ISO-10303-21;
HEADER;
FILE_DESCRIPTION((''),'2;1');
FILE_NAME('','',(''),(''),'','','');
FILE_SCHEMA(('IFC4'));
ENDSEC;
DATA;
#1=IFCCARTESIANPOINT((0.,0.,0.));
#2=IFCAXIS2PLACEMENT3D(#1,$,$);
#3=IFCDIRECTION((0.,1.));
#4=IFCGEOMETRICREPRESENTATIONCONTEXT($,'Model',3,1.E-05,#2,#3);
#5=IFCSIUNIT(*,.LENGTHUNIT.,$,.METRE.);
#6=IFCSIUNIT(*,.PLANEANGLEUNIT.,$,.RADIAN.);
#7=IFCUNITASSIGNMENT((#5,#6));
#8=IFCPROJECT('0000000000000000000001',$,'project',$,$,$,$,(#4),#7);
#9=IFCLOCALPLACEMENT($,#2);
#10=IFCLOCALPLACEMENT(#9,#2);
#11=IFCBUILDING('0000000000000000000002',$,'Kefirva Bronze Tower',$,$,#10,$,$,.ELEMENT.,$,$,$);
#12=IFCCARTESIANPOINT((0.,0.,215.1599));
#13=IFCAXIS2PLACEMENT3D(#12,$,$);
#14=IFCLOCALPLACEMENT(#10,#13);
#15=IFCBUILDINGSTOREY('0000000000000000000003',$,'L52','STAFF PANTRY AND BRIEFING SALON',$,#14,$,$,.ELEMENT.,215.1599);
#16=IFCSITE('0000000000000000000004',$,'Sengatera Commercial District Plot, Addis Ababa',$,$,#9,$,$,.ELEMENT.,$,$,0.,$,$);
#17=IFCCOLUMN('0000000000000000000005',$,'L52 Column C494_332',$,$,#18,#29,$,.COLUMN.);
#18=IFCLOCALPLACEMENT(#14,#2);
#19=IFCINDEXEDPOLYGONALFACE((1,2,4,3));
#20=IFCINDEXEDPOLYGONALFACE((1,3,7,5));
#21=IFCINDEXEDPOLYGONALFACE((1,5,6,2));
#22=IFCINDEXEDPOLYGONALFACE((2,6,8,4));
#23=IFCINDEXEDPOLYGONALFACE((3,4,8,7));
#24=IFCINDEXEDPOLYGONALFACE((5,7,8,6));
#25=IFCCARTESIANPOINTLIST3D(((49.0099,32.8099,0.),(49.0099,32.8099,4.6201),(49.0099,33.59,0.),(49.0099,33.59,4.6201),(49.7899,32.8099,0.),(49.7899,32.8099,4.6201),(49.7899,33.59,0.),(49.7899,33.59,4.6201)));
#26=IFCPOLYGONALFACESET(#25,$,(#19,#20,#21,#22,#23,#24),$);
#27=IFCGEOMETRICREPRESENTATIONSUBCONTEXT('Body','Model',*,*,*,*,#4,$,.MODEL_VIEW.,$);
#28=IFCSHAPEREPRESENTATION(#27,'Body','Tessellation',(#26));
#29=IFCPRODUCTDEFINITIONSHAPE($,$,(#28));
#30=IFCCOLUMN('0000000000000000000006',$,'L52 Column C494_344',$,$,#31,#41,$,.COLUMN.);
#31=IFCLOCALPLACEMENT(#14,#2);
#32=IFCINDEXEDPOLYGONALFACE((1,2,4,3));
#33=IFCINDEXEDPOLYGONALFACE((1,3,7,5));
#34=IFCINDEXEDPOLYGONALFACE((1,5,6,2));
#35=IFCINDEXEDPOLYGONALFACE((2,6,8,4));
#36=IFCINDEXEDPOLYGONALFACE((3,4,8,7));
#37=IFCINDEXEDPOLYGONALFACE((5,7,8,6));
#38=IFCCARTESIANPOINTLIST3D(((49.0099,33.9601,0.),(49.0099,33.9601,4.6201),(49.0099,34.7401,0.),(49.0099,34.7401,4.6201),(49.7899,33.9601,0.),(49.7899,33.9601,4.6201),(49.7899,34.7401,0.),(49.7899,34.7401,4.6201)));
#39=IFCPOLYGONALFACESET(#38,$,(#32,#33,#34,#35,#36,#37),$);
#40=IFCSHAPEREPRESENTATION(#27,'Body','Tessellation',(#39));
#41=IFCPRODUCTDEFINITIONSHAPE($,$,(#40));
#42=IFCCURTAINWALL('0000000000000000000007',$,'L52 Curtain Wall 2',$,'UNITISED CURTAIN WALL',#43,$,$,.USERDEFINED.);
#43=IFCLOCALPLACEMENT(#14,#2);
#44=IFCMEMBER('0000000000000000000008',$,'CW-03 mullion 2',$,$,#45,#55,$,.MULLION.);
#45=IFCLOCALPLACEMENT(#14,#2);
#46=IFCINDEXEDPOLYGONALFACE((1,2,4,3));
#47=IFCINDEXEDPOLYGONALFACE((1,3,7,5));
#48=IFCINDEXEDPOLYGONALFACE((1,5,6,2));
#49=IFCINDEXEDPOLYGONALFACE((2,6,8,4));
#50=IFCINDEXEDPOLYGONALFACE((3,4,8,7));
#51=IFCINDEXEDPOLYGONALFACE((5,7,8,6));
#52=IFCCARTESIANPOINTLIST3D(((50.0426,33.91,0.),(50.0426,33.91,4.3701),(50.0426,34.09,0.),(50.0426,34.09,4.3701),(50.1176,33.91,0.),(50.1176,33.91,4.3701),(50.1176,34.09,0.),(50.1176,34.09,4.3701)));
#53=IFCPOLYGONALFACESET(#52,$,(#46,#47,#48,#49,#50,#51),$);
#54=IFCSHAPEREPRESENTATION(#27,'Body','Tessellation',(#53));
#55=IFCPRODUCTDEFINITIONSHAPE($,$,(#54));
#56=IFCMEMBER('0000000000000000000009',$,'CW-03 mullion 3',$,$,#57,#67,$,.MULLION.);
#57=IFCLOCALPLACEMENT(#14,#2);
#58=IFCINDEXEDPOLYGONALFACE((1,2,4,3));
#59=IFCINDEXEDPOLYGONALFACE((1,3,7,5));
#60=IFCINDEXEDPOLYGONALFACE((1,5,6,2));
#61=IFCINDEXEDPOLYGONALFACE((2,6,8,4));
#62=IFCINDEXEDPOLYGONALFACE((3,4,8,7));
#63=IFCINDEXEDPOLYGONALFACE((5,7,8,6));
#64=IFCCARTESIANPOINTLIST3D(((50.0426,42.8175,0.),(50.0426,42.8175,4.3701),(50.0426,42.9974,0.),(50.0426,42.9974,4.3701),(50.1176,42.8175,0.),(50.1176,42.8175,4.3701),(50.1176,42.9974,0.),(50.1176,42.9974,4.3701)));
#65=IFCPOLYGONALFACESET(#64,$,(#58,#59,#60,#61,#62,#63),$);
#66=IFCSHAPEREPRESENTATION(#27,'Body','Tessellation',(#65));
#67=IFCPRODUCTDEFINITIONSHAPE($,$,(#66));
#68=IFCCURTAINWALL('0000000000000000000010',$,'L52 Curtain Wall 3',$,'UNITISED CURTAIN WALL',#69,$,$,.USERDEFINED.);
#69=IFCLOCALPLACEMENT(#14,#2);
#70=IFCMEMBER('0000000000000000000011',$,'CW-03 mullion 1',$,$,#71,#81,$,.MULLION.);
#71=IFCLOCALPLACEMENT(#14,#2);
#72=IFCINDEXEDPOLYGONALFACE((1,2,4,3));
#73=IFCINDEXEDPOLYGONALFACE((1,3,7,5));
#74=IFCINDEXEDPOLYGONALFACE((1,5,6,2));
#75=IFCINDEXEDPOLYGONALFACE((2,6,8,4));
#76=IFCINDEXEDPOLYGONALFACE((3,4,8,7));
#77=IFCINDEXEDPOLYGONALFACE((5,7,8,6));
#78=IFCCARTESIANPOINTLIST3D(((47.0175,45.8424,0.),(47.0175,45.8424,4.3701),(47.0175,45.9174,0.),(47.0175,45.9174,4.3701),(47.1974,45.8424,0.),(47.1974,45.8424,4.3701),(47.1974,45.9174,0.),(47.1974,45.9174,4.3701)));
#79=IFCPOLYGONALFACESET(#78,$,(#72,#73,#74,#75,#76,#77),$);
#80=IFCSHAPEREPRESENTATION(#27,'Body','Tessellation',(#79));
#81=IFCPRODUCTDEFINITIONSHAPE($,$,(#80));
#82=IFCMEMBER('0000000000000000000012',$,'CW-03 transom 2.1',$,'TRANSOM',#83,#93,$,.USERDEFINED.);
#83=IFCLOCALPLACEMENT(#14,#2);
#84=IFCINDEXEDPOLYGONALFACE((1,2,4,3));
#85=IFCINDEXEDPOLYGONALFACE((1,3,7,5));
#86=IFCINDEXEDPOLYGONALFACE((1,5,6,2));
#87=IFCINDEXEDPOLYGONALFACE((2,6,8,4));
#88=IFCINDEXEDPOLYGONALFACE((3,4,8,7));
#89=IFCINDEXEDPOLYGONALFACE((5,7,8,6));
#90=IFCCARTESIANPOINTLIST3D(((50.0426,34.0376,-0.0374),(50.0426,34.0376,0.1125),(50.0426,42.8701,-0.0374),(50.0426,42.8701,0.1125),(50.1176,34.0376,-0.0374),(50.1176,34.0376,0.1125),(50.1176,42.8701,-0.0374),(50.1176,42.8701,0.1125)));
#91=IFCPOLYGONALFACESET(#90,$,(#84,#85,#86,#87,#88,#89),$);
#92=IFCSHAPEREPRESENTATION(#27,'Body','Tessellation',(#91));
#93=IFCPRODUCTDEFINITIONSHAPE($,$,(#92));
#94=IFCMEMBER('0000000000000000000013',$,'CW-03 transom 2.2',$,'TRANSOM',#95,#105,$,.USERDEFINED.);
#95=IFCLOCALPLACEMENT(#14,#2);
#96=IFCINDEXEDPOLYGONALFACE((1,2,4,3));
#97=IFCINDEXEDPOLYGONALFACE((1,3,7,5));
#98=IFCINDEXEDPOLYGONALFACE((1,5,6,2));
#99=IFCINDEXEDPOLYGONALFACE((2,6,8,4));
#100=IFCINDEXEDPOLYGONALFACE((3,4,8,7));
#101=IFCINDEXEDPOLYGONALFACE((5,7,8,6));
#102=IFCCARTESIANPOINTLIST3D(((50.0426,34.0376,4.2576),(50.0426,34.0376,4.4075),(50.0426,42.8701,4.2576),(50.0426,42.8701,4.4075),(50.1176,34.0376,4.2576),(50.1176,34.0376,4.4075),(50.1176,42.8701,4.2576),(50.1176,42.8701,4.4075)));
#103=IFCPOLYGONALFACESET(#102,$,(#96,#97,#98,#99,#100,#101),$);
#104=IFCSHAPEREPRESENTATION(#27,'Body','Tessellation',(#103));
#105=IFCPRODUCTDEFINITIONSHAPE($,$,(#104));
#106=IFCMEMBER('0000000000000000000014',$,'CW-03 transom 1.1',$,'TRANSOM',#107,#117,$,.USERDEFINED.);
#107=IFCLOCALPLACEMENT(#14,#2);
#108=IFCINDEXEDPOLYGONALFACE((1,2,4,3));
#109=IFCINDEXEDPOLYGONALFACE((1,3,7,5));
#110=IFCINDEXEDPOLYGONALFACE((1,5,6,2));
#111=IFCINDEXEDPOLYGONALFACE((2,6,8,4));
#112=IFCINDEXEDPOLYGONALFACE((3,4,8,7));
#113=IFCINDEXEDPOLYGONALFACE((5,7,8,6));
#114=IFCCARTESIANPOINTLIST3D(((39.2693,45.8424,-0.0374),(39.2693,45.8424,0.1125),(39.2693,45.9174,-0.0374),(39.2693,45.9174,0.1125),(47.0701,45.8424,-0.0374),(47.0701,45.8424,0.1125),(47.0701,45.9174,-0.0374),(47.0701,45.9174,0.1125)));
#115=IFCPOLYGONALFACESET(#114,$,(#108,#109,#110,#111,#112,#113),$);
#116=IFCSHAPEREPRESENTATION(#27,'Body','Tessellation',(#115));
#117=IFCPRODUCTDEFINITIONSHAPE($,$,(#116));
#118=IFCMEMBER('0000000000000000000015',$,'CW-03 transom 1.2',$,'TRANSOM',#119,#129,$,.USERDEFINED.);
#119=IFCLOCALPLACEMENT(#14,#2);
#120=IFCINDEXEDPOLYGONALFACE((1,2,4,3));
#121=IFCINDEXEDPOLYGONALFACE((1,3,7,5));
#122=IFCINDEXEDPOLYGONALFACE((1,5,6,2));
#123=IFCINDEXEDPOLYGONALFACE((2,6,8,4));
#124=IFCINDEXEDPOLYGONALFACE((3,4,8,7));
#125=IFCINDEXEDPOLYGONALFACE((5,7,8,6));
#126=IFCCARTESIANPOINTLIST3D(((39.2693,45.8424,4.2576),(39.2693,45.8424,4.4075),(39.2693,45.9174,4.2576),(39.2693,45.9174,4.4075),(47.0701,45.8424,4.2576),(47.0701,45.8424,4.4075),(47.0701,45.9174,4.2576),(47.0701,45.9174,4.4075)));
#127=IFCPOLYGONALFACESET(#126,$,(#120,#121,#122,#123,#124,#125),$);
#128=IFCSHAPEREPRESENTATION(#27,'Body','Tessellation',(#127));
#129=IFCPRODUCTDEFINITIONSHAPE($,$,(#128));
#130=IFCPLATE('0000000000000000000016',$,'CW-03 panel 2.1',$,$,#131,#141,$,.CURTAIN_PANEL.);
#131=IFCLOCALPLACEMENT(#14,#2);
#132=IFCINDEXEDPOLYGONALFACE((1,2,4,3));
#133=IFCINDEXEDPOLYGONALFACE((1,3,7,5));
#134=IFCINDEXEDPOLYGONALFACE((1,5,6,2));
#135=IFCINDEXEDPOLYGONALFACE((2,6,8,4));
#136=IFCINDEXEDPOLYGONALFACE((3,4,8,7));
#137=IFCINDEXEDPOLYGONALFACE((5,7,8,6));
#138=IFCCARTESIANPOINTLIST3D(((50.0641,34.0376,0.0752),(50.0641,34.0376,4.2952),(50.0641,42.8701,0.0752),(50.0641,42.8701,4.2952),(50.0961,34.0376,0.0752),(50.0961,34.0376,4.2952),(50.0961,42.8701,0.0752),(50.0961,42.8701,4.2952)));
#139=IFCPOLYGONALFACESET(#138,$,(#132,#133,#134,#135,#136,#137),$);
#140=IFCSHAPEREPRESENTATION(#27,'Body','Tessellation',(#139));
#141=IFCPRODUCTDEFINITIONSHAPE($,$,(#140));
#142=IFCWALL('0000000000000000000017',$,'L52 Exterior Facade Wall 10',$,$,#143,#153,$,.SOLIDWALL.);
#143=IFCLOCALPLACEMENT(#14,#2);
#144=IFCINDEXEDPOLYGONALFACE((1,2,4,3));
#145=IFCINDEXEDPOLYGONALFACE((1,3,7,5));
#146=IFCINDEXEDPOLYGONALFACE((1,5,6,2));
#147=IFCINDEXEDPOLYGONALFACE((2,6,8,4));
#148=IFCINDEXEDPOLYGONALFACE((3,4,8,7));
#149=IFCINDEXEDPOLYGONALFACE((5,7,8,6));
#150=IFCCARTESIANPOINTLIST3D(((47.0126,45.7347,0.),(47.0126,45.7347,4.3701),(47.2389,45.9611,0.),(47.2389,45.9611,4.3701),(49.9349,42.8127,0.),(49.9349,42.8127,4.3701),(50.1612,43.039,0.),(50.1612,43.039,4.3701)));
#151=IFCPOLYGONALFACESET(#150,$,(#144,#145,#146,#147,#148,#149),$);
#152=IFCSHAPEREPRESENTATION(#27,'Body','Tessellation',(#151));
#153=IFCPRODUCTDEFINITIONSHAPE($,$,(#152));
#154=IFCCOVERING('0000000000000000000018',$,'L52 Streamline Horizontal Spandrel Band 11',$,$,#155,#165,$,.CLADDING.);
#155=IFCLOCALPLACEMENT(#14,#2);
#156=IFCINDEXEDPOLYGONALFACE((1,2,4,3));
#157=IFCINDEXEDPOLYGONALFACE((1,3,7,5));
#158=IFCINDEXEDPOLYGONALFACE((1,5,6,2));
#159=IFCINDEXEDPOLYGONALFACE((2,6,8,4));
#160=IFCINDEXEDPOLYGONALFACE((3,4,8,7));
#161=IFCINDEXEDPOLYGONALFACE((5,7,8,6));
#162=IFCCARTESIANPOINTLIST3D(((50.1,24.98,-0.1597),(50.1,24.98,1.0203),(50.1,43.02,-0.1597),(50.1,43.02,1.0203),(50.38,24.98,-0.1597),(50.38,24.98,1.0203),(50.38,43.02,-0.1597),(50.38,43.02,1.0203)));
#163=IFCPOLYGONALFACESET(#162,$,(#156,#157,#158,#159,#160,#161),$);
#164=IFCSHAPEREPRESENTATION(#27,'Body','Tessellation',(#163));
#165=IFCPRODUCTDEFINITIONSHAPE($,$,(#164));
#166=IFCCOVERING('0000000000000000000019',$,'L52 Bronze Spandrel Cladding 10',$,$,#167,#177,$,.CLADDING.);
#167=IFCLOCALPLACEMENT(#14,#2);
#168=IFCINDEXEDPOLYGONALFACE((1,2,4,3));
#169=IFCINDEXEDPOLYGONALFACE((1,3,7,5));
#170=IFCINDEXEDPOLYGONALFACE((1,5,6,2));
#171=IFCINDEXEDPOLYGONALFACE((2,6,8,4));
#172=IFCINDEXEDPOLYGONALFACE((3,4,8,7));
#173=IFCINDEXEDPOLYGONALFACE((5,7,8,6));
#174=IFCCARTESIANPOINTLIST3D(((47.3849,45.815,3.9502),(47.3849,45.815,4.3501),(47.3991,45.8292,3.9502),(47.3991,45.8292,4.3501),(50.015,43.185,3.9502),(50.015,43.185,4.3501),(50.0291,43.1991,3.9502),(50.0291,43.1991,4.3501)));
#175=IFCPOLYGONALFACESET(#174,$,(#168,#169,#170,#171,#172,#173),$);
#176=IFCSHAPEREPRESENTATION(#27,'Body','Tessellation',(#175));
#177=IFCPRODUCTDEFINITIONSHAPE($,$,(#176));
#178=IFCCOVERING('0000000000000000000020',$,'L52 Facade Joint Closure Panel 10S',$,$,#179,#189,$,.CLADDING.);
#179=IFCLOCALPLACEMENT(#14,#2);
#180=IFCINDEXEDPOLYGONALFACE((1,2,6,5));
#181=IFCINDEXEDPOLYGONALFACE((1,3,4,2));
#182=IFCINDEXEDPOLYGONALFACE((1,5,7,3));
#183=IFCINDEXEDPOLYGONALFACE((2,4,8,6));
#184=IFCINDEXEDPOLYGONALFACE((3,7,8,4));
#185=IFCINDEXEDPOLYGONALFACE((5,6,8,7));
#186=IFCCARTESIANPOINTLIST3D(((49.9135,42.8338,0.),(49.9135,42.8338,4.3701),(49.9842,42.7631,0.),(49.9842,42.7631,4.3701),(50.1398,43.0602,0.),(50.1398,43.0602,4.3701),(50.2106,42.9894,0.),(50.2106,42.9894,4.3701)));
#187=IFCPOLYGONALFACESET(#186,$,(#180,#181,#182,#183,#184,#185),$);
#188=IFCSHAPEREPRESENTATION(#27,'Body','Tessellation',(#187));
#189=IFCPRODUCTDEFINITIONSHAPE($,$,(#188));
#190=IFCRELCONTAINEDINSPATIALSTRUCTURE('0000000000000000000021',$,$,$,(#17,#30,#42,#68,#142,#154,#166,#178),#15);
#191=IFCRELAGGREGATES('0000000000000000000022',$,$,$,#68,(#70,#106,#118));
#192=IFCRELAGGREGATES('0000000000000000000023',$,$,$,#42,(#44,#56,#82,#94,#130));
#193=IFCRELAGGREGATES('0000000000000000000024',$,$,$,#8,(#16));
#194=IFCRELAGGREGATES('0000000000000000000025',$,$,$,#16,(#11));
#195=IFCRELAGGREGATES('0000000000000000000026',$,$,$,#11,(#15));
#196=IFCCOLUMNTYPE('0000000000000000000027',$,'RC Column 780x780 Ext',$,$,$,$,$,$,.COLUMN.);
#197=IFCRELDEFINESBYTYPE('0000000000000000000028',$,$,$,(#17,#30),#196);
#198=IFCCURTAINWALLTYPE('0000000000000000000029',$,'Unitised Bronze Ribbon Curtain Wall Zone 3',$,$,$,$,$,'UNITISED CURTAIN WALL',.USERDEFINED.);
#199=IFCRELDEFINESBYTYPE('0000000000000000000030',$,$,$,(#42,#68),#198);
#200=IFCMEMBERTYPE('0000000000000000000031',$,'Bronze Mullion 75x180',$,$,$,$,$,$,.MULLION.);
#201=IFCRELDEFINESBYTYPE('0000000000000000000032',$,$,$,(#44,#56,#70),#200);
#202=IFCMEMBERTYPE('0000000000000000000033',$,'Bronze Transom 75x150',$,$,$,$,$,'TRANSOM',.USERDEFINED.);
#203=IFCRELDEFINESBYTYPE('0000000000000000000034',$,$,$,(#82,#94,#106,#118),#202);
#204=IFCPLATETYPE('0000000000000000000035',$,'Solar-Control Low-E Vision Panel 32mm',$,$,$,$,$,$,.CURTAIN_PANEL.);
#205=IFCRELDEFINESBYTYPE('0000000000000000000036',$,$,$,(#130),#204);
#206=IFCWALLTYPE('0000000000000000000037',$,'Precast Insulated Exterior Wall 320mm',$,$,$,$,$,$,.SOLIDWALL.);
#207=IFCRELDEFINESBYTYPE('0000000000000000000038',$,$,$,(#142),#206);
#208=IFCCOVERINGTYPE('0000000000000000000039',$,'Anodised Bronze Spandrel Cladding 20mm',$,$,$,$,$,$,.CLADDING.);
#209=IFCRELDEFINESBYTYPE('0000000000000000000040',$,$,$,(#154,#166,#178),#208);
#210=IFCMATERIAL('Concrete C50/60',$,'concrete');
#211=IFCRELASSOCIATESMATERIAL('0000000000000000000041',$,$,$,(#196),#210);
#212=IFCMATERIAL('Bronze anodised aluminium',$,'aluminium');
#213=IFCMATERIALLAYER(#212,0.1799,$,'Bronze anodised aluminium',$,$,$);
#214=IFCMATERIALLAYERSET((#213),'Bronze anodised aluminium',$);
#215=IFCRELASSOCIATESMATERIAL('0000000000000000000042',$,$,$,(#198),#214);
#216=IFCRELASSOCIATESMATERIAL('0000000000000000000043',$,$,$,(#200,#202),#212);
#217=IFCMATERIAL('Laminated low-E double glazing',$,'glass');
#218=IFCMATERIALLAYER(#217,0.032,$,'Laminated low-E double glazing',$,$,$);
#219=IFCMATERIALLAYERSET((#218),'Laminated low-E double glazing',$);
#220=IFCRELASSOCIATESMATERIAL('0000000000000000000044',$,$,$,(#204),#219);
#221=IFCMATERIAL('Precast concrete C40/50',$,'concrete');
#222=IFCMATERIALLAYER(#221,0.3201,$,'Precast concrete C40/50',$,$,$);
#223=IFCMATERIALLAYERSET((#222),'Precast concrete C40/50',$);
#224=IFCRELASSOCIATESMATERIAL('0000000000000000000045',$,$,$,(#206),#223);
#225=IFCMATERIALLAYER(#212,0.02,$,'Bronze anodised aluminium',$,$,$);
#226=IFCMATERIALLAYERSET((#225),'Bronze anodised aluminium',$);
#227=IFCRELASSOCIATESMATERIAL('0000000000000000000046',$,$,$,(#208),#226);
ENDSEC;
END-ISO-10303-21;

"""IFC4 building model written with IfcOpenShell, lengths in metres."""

from ifc_helpers import new_model, si_unit, direction, frame, frame_2d, origin, origin_2d, place, context, subcontext, project, spatial, rectangle, extrude, material, layer, layer_set, material_profile, profile_set, type_object, element, aggregate, save


model = new_model("IFC4")

# Units and contexts
model_context = context("Model", 3, precision=1e-05, world=origin(), true_north=direction((0.0, 1.0)))
body_context = subcontext(model_context, "Body", "Model", "MODEL_VIEW")
ifc_project = project(units=[si_unit("LENGTHUNIT", "METRE"), si_unit("PLANEANGLEUNIT", "RADIAN")], contexts=[model_context])

# Site, building, storey
site_placement = place(None, origin())
site = spatial("IfcSite", under=ifc_project, at=site_placement, Name="Sengatera Commercial District Plot, Addis Ababa", CompositionType="ELEMENT", RefElevation=0.0)
building_placement = place(site_placement, origin())
building = spatial("IfcBuilding", under=site, at=building_placement, Name="Kefirva Bronze Tower", CompositionType="ELEMENT")
storey_placement = place(building_placement, frame((0.0, 0.0, 215.1599)))
storey = spatial("IfcBuildingStorey", under=building, at=storey_placement, Name="L52", Description="STAFF PANTRY AND BRIEFING SALON", CompositionType="ELEMENT", Elevation=215.1599)

# Columns
ifc_material_1 = material(Name="Concrete C50/60", Category="concrete")
ifc_material_profile_1 = material_profile(ifc_material_1, rectangle(XDim=0.78, YDim=0.78, at=origin_2d()), Name="RC 780x780")
ifc_profile_set_1 = profile_set([ifc_material_profile_1], Name="Concrete C50/60")
column_type = type_object("IfcColumnType", Name="RC Column 780x780 Ext", PredefinedType="COLUMN", material=ifc_profile_set_1)
for number, where, z_axis, x_axis, name in (
    (1, (49.3999, 33.2, 0.0), (0.0, 0.0, 1.0), (1.0, 0.0, 0.0), "L52 Column C494_332"),
    (2, (49.3999, 34.3501, 0.0), (0.0, 0.0, 1.0), (1.0, 0.0, 0.0), "L52 Column C494_344"),
):
    element("IfcColumn", number, at=place(storey_placement, frame(where, z_axis=z_axis, x_axis=x_axis)), inside=storey, type_object=column_type, Name=name, PredefinedType="COLUMN", context=body_context, shape_type="SweptSolid", body=[
        extrude(rectangle(XDim=0.78, YDim=0.78, at=origin_2d()), origin(), (0.0, 0.0, 1.0), 4.6201),
    ])

# Curtain wall, members
ifc_material_2 = material(Name="Bronze anodised aluminium", Category="aluminium")
ifc_layer_1 = layer(ifc_material_2, 0.1799, Name="Bronze anodised aluminium")
ifc_layer_set_1 = layer_set([ifc_layer_1], Name="Bronze anodised aluminium")
curtain_wall_type = type_object("IfcCurtainWallType", Name="Unitised Bronze Ribbon Curtain Wall Zone 3", ElementType="UNITISED CURTAIN WALL", PredefinedType="USERDEFINED", material=ifc_layer_set_1)
curtain_wall_1_placement = place(storey_placement, origin())
curtain_wall_1 = element("IfcCurtainWall", 3, at=curtain_wall_1_placement, inside=storey, type_object=curtain_wall_type, Name="L52 Curtain Wall 2", ObjectType="UNITISED CURTAIN WALL", PredefinedType="USERDEFINED")
ifc_material_profile_2 = material_profile(ifc_material_2, rectangle(XDim=0.075, YDim=0.1799, at=origin_2d()), Name="ALU 75x180")
ifc_profile_set_2 = profile_set([ifc_material_profile_2], Name="Bronze anodised aluminium")
member_type_1 = type_object("IfcMemberType", Name="Bronze Mullion 75x180", PredefinedType="MULLION", material=ifc_profile_set_2)
member_1_placement = place(storey_placement, frame((50.0801, 34.0, 0.0), z_axis=(0.0, 0.0, 1.0), x_axis=(-1.0, 0.0, 0.0)))
member_1 = element("IfcMember", 4, at=member_1_placement, type_object=member_type_1, Name="CW-03 mullion 2", PredefinedType="MULLION", context=body_context, shape_type="SweptSolid", body=[
    extrude(rectangle(XDim=0.075, YDim=0.1799, at=origin_2d()), origin(), (0.0, 0.0, 1.0), 4.3701),
])
member_2_placement = place(storey_placement, frame((50.0801, 42.9075, 0.0), z_axis=(0.0, 0.0, 1.0), x_axis=(-1.0, 0.0, 0.0)))
member_2 = element("IfcMember", 5, at=member_2_placement, type_object=member_type_1, Name="CW-03 mullion 3", PredefinedType="MULLION", context=body_context, shape_type="SweptSolid", body=[
    extrude(rectangle(XDim=0.075, YDim=0.1799, at=origin_2d()), origin(), (0.0, 0.0, 1.0), 4.3701),
])

# Curtain wall, member
curtain_wall_2_placement = place(storey_placement, origin())
curtain_wall_2 = element("IfcCurtainWall", 6, at=curtain_wall_2_placement, inside=storey, type_object=curtain_wall_type, Name="L52 Curtain Wall 3", ObjectType="UNITISED CURTAIN WALL", PredefinedType="USERDEFINED")
member_3_placement = place(storey_placement, frame((47.1074, 45.8799, 0.0), z_axis=(0.0, 0.0, 1.0), x_axis=(0.0, -1.0, 0.0)))
member_3 = element("IfcMember", 7, at=member_3_placement, type_object=member_type_1, Name="CW-03 mullion 1", PredefinedType="MULLION", context=body_context, shape_type="SweptSolid", body=[
    extrude(rectangle(XDim=0.075, YDim=0.1799, at=origin_2d()), origin(), (0.0, 0.0, 1.0), 4.3701),
])

# Members
ifc_material_profile_3 = material_profile(ifc_material_2, rectangle(XDim=0.075, YDim=0.1499, at=origin_2d()), Name="ALU 75x150")
ifc_profile_set_3 = profile_set([ifc_material_profile_3], Name="Bronze anodised aluminium")
member_type_2 = type_object("IfcMemberType", Name="Bronze Transom 75x150", ElementType="TRANSOM", PredefinedType="USERDEFINED", material=ifc_profile_set_3)
member_4_placement = place(storey_placement, frame((50.0801, 34.0376, 0.0376), z_axis=(0.0, 1.0, 0.0), x_axis=(-1.0, 0.0, 0.0)))
member_4 = element("IfcMember", 8, at=member_4_placement, type_object=member_type_2, Name="CW-03 transom 2.1", ObjectType="TRANSOM", PredefinedType="USERDEFINED", context=body_context, shape_type="SweptSolid", body=[
    extrude(rectangle(XDim=0.075, YDim=0.1499, at=origin_2d()), origin(), (0.0, 0.0, 1.0), 8.8325),
])
member_5_placement = place(storey_placement, frame((50.0801, 34.0376, 4.3325), z_axis=(0.0, 1.0, 0.0), x_axis=(-1.0, 0.0, 0.0)))
member_5 = element("IfcMember", 9, at=member_5_placement, type_object=member_type_2, Name="CW-03 transom 2.2", ObjectType="TRANSOM", PredefinedType="USERDEFINED", context=body_context, shape_type="SweptSolid", body=[
    extrude(rectangle(XDim=0.075, YDim=0.1499, at=origin_2d()), origin(), (0.0, 0.0, 1.0), 8.8325),
])
member_6_placement = place(storey_placement, frame((47.0701, 45.8799, 0.0376), z_axis=(-1.0, 0.0, 0.0), x_axis=(0.0, -1.0, 0.0)))
member_6 = element("IfcMember", 10, at=member_6_placement, type_object=member_type_2, Name="CW-03 transom 1.1", ObjectType="TRANSOM", PredefinedType="USERDEFINED", context=body_context, shape_type="SweptSolid", body=[
    extrude(rectangle(XDim=0.075, YDim=0.1499, at=origin_2d()), origin(), (0.0, 0.0, 1.0), 7.8008),
])
member_7_placement = place(storey_placement, frame((47.0701, 45.8799, 4.3325), z_axis=(-1.0, 0.0, 0.0), x_axis=(0.0, -1.0, 0.0)))
member_7 = element("IfcMember", 11, at=member_7_placement, type_object=member_type_2, Name="CW-03 transom 1.2", ObjectType="TRANSOM", PredefinedType="USERDEFINED", context=body_context, shape_type="SweptSolid", body=[
    extrude(rectangle(XDim=0.075, YDim=0.1499, at=origin_2d()), origin(), (0.0, 0.0, 1.0), 7.8008),
])
aggregate(curtain_wall_2, [member_3, member_6, member_7])

# Plate
ifc_material_3 = material(Name="Laminated low-E double glazing", Category="glass")
ifc_layer_2 = layer(ifc_material_3, 0.032, Name="Laminated low-E double glazing")
ifc_layer_set_2 = layer_set([ifc_layer_2], Name="Laminated low-E double glazing")
plate_type = type_object("IfcPlateType", Name="Solar-Control Low-E Vision Panel 32mm", PredefinedType="CURTAIN_PANEL", material=ifc_layer_set_2)
plate_placement = place(storey_placement, frame((50.0801, 38.4539, 0.0752), z_axis=(0.0, 0.0, 1.0), x_axis=(0.0, 1.0, 0.0)))
plate = element("IfcPlate", 12, at=plate_placement, type_object=plate_type, Name="CW-03 panel 2.1", PredefinedType="CURTAIN_PANEL", context=body_context, shape_type="SweptSolid", body=[
    extrude(rectangle(XDim=8.8325, YDim=0.032, at=origin_2d()), origin(), (0.0, 0.0, 1.0), 4.22),
])
aggregate(curtain_wall_1, [member_1, member_2, member_4, member_5, plate])

# Wall
ifc_material_4 = material(Name="Precast concrete C40/50", Category="concrete")
ifc_layer_3 = layer(ifc_material_4, 0.3201, Name="Precast concrete C40/50")
ifc_layer_set_3 = layer_set([ifc_layer_3], Name="Precast concrete C40/50")
wall_type = type_object("IfcWallType", Name="Precast Insulated Exterior Wall 320mm", PredefinedType="SOLIDWALL", material=ifc_layer_set_3)
wall_placement = place(storey_placement, frame((50.0481, 42.9258, 0.0), z_axis=(0.0, 0.0, 1.0), x_axis=(-0.707136, 0.707077, 0.0)))
element("IfcWall", 13, at=wall_placement, inside=storey, type_object=wall_type, Name="L52 Exterior Facade Wall 10", PredefinedType="SOLIDWALL", context=body_context, shape_type="SweptSolid", body=[
    extrude(rectangle(XDim=4.1326, YDim=0.3201, at=frame_2d((2.0664, 0.0))), origin(), (0.0, 0.0, 1.0), 4.3701),
])

# Coverings
ifc_layer_4 = layer(ifc_material_2, 0.02, Name="Bronze anodised aluminium")
ifc_layer_set_4 = layer_set([ifc_layer_4], Name="Bronze anodised aluminium")
covering_type_1 = type_object("IfcCoveringType", Name="Anodised Bronze Spandrel Cladding 20mm", PredefinedType="CLADDING", material=ifc_layer_set_4)
covering_1_placement = place(storey_placement, frame((50.24, 34.0, -0.1597), z_axis=(0.0, 0.0, 1.0), x_axis=(0.0, 1.0, 0.0)))
element("IfcCovering", 14, at=covering_1_placement, inside=storey, type_object=covering_type_1, Name="L52 Streamline Horizontal Spandrel Band 11", PredefinedType="CLADDING", context=body_context, shape_type="SweptSolid", body=[
    extrude(rectangle(XDim=18.04, YDim=0.28, at=origin_2d()), origin(), (0.0, 0.0, 1.0), 1.1799),
])
covering_2_placement = place(storey_placement, frame((48.707, 44.5071, 3.9502), z_axis=(0.0, 0.0, 1.0), x_axis=(-0.707107, 0.707107, 0.0)))
element("IfcCovering", 15, at=covering_2_placement, inside=storey, type_object=covering_type_1, Name="L52 Bronze Spandrel Cladding 10", PredefinedType="CLADDING", context=body_context, shape_type="SweptSolid", body=[
    extrude(rectangle(XDim=3.7195, YDim=0.02, at=origin_2d()), origin(), (0.0, 0.0, 1.0), 0.3999),
])
for number, where, z_axis, x_axis, name in (
    (16, (50.062, 42.9116, 0.0), (0.0, 0.0, 1.0), (-0.707107, 0.707107, 0.0), "L52 Facade Joint Closure Panel 10S"),
):
    element("IfcCovering", number, at=place(storey_placement, frame(where, z_axis=z_axis, x_axis=x_axis)), inside=storey, type_object=covering_type_1, Name=name, PredefinedType="CLADDING", context=body_context, shape_type="SweptSolid", body=[
        extrude(rectangle(XDim=0.1001, YDim=0.3201, at=origin_2d()), origin(), (0.0, 0.0, 1.0), 4.3701),
    ])

save(model, "model.ifc")
